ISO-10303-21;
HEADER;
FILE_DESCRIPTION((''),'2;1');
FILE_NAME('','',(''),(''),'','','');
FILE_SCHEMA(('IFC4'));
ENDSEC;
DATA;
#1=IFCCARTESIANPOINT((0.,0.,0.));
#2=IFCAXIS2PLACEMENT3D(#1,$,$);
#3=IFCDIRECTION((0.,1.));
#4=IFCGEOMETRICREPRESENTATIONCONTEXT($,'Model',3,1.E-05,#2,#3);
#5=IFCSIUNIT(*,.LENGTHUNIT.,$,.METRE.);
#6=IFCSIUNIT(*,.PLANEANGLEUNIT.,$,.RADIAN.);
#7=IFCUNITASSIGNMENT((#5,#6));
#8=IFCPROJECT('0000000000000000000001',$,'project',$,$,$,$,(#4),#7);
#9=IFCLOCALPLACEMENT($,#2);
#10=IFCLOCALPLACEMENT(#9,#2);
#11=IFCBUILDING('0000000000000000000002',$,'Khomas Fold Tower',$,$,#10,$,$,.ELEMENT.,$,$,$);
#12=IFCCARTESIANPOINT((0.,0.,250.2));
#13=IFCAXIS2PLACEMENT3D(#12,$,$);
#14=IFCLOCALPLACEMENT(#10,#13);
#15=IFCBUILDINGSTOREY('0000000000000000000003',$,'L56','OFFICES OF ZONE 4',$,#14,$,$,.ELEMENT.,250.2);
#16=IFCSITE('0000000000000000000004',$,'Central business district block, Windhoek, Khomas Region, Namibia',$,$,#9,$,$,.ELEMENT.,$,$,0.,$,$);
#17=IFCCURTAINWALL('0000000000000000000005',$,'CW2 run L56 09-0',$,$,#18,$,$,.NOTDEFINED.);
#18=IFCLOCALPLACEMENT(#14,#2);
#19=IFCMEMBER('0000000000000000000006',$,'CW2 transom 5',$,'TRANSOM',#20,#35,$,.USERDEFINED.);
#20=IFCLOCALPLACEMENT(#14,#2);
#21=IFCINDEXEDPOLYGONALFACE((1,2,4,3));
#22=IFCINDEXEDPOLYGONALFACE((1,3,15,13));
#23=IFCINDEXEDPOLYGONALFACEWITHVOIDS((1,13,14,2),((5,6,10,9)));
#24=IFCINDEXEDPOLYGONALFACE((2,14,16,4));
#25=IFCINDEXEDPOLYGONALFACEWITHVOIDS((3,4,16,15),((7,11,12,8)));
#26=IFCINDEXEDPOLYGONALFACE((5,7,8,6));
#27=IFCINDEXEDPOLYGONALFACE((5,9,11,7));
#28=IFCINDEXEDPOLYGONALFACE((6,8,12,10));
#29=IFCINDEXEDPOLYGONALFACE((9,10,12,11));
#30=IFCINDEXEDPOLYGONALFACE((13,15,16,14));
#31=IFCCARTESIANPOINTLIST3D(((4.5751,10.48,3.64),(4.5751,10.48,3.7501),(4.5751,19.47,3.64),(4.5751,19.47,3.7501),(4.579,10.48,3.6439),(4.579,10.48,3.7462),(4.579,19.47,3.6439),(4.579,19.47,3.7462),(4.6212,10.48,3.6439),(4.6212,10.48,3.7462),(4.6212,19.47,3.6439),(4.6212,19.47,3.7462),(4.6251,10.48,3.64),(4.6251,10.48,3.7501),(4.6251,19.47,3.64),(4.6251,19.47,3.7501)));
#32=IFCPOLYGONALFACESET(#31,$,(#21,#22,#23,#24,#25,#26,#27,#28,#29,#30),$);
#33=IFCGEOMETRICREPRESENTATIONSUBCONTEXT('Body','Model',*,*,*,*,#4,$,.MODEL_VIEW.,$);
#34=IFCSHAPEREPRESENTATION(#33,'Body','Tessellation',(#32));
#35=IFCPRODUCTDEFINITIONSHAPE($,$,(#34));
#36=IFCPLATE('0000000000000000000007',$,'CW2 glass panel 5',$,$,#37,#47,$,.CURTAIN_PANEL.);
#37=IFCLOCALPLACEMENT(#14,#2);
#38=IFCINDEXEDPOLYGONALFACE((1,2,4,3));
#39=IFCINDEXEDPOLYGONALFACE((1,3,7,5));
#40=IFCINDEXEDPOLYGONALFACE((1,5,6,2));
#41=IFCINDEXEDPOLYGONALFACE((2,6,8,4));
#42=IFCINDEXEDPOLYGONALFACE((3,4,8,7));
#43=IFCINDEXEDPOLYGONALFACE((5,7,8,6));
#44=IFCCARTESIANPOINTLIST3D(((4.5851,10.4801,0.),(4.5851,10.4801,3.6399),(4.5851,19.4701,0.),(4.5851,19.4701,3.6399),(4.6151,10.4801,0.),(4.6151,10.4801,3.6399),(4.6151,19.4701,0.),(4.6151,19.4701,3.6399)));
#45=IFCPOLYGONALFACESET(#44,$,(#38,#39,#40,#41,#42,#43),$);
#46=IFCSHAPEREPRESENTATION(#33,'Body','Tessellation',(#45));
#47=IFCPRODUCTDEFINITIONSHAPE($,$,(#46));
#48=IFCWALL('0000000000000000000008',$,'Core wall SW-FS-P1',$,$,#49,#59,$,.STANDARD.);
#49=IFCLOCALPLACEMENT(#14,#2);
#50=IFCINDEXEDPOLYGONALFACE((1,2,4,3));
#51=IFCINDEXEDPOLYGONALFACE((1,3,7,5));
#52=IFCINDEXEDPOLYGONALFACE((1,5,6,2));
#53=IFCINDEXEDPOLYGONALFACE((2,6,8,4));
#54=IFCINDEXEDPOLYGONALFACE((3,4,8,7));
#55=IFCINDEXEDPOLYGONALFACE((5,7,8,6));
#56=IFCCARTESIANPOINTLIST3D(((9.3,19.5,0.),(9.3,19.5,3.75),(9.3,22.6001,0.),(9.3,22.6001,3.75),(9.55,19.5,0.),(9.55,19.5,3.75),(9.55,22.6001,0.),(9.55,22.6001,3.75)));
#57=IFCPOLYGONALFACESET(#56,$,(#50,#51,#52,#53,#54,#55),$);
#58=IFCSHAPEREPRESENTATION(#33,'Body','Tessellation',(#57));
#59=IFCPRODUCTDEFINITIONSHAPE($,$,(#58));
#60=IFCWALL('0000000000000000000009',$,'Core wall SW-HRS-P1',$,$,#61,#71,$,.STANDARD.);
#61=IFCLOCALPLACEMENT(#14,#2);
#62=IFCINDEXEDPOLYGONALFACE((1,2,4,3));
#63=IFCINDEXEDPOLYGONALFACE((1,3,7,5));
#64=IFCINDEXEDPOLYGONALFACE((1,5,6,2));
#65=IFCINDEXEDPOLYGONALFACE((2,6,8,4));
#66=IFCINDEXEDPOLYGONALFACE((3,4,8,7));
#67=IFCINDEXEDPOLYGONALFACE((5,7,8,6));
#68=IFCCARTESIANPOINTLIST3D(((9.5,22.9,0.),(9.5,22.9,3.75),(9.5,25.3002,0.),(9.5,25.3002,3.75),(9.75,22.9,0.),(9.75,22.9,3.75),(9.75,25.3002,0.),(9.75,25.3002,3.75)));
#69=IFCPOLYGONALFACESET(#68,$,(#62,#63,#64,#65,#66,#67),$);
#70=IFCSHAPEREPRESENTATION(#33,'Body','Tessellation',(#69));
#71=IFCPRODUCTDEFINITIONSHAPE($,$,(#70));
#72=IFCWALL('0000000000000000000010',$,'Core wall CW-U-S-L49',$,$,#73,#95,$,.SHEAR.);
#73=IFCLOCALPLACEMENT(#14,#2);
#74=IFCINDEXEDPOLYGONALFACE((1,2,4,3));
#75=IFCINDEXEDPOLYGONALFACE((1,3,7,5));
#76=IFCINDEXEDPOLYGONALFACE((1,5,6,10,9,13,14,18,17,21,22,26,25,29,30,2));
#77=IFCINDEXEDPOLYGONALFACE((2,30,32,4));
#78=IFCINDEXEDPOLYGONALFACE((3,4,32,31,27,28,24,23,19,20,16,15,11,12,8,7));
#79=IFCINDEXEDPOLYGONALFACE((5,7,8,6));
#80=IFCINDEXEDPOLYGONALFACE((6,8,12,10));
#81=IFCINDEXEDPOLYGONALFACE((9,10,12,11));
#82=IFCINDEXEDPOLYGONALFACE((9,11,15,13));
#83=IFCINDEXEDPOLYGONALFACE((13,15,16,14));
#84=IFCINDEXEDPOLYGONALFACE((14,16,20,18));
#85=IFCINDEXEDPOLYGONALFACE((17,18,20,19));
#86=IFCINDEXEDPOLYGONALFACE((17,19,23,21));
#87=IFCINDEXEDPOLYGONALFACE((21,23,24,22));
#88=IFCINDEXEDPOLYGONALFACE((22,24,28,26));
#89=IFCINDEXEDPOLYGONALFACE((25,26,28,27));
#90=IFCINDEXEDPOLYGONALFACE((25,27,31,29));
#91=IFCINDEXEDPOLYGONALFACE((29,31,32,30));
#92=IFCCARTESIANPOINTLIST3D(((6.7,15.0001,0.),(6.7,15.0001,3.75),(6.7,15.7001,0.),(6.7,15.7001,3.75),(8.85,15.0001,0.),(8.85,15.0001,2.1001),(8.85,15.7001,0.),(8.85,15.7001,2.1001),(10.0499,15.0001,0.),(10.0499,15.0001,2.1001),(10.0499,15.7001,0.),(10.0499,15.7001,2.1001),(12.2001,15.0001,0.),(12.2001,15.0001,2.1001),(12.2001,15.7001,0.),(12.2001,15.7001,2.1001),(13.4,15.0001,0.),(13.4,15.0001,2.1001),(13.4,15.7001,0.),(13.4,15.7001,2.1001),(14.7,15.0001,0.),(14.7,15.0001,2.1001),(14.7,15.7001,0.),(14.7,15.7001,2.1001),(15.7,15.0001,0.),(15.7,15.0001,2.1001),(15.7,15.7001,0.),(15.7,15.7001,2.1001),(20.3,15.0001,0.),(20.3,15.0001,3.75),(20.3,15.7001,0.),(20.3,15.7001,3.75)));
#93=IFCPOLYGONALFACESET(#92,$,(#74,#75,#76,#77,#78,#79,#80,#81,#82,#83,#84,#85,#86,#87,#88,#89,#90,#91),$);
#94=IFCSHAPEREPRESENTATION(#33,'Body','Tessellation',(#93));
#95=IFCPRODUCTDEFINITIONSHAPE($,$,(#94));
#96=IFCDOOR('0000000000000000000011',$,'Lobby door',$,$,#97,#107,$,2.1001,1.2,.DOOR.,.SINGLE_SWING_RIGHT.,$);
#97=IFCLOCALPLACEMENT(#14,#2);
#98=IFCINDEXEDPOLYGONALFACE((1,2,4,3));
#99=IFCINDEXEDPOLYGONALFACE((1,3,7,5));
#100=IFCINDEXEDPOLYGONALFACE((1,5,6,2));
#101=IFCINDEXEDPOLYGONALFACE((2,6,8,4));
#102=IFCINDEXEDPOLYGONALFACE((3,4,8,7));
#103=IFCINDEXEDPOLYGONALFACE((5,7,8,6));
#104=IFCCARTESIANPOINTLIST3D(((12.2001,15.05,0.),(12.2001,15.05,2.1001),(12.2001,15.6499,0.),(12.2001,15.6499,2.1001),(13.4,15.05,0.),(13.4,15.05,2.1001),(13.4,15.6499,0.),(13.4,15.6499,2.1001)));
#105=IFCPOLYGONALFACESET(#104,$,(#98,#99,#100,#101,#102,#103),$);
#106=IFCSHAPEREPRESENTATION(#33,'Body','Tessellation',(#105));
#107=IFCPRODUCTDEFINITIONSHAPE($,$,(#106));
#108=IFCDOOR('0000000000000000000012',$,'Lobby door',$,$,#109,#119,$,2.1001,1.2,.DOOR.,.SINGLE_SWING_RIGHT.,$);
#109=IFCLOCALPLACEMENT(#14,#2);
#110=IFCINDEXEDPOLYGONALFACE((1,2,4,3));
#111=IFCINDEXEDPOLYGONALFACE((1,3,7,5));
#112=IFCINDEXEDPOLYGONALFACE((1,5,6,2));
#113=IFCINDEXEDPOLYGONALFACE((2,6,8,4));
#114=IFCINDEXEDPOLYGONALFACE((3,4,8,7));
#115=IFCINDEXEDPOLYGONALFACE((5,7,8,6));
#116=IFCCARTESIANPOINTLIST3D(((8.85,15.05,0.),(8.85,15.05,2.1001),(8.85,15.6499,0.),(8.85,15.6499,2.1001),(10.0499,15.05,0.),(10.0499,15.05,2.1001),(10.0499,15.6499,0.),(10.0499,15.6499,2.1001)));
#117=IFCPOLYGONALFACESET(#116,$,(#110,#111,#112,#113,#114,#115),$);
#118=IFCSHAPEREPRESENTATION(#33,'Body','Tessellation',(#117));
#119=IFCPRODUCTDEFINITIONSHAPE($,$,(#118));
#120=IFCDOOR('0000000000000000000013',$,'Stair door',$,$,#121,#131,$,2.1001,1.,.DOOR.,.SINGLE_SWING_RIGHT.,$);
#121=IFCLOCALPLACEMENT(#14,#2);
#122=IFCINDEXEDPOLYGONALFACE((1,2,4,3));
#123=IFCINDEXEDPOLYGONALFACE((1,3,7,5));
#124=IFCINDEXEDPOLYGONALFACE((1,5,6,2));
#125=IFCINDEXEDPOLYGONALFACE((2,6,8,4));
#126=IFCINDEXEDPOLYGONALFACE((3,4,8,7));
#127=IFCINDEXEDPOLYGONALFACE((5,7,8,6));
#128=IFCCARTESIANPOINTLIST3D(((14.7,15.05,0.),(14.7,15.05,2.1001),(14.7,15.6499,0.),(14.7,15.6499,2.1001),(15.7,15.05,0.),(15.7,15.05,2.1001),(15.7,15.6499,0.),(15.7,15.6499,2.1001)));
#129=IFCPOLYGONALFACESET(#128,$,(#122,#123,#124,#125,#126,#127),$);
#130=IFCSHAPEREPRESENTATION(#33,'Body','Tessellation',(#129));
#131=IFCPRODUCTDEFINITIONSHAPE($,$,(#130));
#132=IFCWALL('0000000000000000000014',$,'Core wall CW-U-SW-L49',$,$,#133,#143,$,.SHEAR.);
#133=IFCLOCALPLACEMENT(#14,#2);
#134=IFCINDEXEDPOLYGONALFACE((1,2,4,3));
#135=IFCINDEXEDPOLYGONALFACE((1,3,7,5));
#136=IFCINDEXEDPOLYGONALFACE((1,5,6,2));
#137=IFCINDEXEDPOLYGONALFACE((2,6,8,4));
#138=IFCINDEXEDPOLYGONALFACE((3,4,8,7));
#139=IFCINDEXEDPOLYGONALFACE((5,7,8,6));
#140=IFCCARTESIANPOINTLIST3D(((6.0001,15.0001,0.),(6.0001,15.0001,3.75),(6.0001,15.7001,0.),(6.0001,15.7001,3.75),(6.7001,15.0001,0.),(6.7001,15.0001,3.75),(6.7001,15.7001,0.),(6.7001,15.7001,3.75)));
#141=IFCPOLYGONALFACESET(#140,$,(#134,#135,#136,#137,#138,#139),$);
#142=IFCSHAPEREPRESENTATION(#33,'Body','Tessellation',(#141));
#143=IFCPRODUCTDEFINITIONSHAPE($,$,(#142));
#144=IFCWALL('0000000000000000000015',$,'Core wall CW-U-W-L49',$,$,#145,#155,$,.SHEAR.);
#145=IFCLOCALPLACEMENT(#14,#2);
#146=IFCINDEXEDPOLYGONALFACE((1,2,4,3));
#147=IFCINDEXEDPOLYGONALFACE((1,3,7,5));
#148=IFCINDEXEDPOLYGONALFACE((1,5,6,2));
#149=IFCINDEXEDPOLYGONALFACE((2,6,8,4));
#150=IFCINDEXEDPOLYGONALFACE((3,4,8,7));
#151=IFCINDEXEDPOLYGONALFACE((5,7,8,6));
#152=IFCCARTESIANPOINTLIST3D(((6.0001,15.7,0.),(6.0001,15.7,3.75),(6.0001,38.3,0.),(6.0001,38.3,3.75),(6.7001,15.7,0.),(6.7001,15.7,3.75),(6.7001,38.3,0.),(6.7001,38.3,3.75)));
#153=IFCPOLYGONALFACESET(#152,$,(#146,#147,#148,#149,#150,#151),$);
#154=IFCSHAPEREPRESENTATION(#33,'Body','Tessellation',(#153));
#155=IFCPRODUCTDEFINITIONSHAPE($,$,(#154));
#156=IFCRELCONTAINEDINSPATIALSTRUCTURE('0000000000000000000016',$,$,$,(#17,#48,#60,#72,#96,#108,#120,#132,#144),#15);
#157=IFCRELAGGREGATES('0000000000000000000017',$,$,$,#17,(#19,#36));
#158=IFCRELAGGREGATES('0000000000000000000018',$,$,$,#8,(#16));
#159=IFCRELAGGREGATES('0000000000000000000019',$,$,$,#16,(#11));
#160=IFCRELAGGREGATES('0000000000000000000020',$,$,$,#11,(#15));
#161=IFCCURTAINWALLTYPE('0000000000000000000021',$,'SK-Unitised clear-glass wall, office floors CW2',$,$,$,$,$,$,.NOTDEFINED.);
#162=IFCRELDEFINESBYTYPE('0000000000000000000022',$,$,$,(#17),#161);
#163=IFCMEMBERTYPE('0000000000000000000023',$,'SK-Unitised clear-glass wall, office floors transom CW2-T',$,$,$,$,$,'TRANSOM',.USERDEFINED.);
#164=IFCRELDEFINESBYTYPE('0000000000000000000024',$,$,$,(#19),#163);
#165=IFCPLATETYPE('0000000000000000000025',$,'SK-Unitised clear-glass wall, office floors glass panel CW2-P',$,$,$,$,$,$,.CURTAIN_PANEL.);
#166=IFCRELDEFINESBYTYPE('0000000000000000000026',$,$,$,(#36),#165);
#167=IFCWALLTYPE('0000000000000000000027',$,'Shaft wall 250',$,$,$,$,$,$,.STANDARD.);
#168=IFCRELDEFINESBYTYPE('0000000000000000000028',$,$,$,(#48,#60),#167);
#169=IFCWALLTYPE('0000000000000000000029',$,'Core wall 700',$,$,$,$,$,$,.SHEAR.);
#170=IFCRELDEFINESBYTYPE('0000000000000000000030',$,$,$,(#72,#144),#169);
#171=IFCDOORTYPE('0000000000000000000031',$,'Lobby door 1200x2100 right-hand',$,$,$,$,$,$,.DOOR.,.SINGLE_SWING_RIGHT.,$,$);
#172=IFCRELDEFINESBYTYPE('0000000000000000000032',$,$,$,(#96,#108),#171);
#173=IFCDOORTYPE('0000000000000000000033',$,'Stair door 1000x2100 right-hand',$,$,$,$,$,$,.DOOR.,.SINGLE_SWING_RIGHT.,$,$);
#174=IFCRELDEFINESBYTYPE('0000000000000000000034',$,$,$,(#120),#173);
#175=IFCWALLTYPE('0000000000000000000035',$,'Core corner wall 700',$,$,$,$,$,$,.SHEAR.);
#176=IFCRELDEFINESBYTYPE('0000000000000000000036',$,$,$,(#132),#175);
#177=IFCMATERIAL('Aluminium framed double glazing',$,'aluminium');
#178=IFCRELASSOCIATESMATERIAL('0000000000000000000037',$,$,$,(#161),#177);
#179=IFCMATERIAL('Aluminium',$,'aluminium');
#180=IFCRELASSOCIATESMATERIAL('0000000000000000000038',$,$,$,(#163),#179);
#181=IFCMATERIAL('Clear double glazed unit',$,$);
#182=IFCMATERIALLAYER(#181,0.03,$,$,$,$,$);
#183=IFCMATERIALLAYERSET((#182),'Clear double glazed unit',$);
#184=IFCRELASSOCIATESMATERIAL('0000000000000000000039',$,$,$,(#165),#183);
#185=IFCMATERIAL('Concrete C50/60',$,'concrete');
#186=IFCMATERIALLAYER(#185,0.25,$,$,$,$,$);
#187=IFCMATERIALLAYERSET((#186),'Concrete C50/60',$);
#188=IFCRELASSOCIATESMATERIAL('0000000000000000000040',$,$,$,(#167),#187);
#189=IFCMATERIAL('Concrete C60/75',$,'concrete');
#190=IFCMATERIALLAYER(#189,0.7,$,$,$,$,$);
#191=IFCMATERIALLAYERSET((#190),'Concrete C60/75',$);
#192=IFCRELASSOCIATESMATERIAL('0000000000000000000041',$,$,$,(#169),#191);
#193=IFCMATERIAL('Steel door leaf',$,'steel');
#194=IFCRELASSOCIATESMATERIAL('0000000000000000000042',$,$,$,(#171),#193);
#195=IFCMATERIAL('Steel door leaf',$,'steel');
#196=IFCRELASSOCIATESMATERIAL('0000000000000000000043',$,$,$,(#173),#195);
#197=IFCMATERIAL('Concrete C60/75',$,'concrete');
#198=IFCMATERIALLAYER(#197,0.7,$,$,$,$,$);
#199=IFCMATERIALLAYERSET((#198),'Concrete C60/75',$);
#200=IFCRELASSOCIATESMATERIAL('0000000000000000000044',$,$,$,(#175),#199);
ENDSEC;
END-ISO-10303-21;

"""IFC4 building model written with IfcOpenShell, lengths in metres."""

from ifc_helpers import new_model, si_unit, direction, frame, frame_2d, origin, origin_2d, place, context, subcontext, project, spatial, rectangle, hollow_rectangle, extrude, source, transform, mapped, material, layer, layer_set, material_profile, profile_set, type_object, element, fill, aggregate, save


model = new_model("IFC4")

# Units and contexts
model_context = context("Model", 3, precision=1e-05, world=origin(), true_north=direction((0.0, 1.0)))
body_context = subcontext(model_context, "Body", "Model", "MODEL_VIEW")
ifc_project = project(units=[si_unit("LENGTHUNIT", "METRE"), si_unit("PLANEANGLEUNIT", "RADIAN")], contexts=[model_context])

# Site, building, storey
site_placement = place(None, origin())
site = spatial("IfcSite", under=ifc_project, at=site_placement, Name="Central business district block, Windhoek, Khomas Region, Namibia", CompositionType="ELEMENT", RefElevation=0.0)
building_placement = place(site_placement, origin())
building = spatial("IfcBuilding", under=site, at=building_placement, Name="Khomas Fold Tower", CompositionType="ELEMENT")
storey_placement = place(building_placement, frame((0.0, 0.0, 250.2)))
storey = spatial("IfcBuildingStorey", under=building, at=storey_placement, Name="L56", Description="OFFICES OF ZONE 4", CompositionType="ELEMENT", Elevation=250.2)

# Curtain wall, member, plate
ifc_material_1 = material(Name="Aluminium framed double glazing", Category="aluminium")
curtain_wall_type = type_object("IfcCurtainWallType", Name="SK-Unitised clear-glass wall, office floors CW2", PredefinedType="NOTDEFINED", material=ifc_material_1)
curtain_wall_placement = place(storey_placement, origin())
curtain_wall = element("IfcCurtainWall", 1, at=curtain_wall_placement, inside=storey, type_object=curtain_wall_type, Name="CW2 run L56 09-0", PredefinedType="NOTDEFINED")
ifc_material_2 = material(Name="Aluminium", Category="aluminium")
ifc_material_profile_1 = material_profile(ifc_material_2, hollow_rectangle(XDim=0.05, YDim=0.1101, WallThickness=0.0039, at=origin_2d()), Name="SK-Unitised clear-glass wall, office floors transom CW2-T")
ifc_profile_set_1 = profile_set([ifc_material_profile_1], Name="Aluminium")
member_type_1 = type_object("IfcMemberType", Name="SK-Unitised clear-glass wall, office floors transom CW2-T", ElementType="TRANSOM", PredefinedType="USERDEFINED", material=ifc_profile_set_1)
shared_shape_1 = source(origin(), body_context, "Body", "SweptSolid", [
    extrude(hollow_rectangle(XDim=0.05, YDim=0.1101, WallThickness=0.0039, at=origin_2d()), origin(), (0.0, 0.0, 1.0), 8.99),
])
member_1_placement = place(storey_placement, frame((4.6001, 19.47, 3.6951), z_axis=(0.0, -1.0, 0.0), x_axis=(1.0, 0.0, 0.0)))
member_1 = element("IfcMember", 2, at=member_1_placement, type_object=member_type_1, Name="CW2 transom 5", ObjectType="TRANSOM", PredefinedType="USERDEFINED", context=body_context, shape_type="MappedRepresentation", body=[
    mapped(shared_shape_1, transform((0.0, 0.0, 0.0))),
])
ifc_material_3 = material(Name="Clear double glazed unit")
ifc_layer_1 = layer(ifc_material_3, 0.03)
ifc_layer_set_1 = layer_set([ifc_layer_1], Name="Clear double glazed unit")
plate_type = type_object("IfcPlateType", Name="SK-Unitised clear-glass wall, office floors glass panel CW2-P", PredefinedType="CURTAIN_PANEL", material=ifc_layer_set_1)
shared_shape_2 = source(origin(), body_context, "Body", "SweptSolid", [
    extrude(rectangle(XDim=8.99, YDim=0.03, at=origin_2d()), origin(), (0.0, 0.0, 1.0), 3.6399),
])
plate_placement = place(storey_placement, frame((4.6001, 14.9751, 0.0), z_axis=(0.0, 0.0, 1.0), x_axis=(0.0, -1.0, 0.0)))
plate = element("IfcPlate", 3, at=plate_placement, type_object=plate_type, Name="CW2 glass panel 5", PredefinedType="CURTAIN_PANEL", context=body_context, shape_type="MappedRepresentation", body=[
    mapped(shared_shape_2, transform((0.0, 0.0, 0.0))),
])
aggregate(curtain_wall, [member_1, plate])

# Walls
ifc_material_4 = material(Name="Concrete C50/60", Category="concrete")
ifc_layer_2 = layer(ifc_material_4, 0.25)
ifc_layer_set_2 = layer_set([ifc_layer_2], Name="Concrete C50/60")
wall_type_1 = type_object("IfcWallType", Name="Shaft wall 250", PredefinedType="STANDARD", material=ifc_layer_set_2)
shared_shape_3 = source(origin(), body_context, "Body", "SweptSolid", [
    extrude(rectangle(XDim=3.1001, YDim=0.25, at=frame_2d((1.55, 0.0))), origin(), (0.0, 0.0, 1.0), 3.75),
])
wall_1_placement = place(storey_placement, frame((9.425, 19.5, 0.0), z_axis=(0.0, 0.0, 1.0), x_axis=(0.0, 1.0, 0.0)))
element("IfcWall", 4, at=wall_1_placement, inside=storey, type_object=wall_type_1, Name="Core wall SW-FS-P1", PredefinedType="STANDARD", context=body_context, shape_type="MappedRepresentation", body=[
    mapped(shared_shape_3, transform((0.0, 0.0, 0.0))),
])
shared_shape_4 = source(origin(), body_context, "Body", "SweptSolid", [
    extrude(rectangle(XDim=2.4001, YDim=0.25, at=frame_2d((1.2002, 0.0))), origin(), (0.0, 0.0, 1.0), 3.75),
])
wall_2_placement = place(storey_placement, frame((9.625, 22.8999, 0.0), z_axis=(0.0, 0.0, 1.0), x_axis=(0.0, 1.0, 0.0)))
element("IfcWall", 5, at=wall_2_placement, inside=storey, type_object=wall_type_1, Name="Core wall SW-HRS-P1", PredefinedType="STANDARD", context=body_context, shape_type="MappedRepresentation", body=[
    mapped(shared_shape_4, transform((0.0, 0.0, 0.0))),
])

# Wall, openings, doors
ifc_material_5 = material(Name="Concrete C60/75", Category="concrete")
ifc_layer_3 = layer(ifc_material_5, 0.7)
ifc_layer_set_3 = layer_set([ifc_layer_3], Name="Concrete C60/75")
wall_type_2 = type_object("IfcWallType", Name="Core wall 700", PredefinedType="SHEAR", material=ifc_layer_set_3)
shared_shape_5 = source(origin(), body_context, "Body", "SweptSolid", [
    extrude(rectangle(XDim=13.6001, YDim=0.7, at=frame_2d((6.8, 0.0))), origin(), (0.0, 0.0, 1.0), 3.75),
])
wall_3_placement = place(storey_placement, frame((6.7, 15.3501, 0.0), z_axis=(0.0, 0.0, 1.0), x_axis=(1.0, 0.0, 0.0)))
wall_3 = element("IfcWall", 6, at=wall_3_placement, inside=storey, type_object=wall_type_2, Name="Core wall CW-U-S-L49", PredefinedType="SHEAR", context=body_context, shape_type="MappedRepresentation", body=[
    mapped(shared_shape_5, transform((0.0, 0.0, 0.0))),
])
shared_shape_6 = source(origin(), body_context, "Body", "SweptSolid", [
    extrude(rectangle(XDim=1.2, YDim=2.1001, at=frame_2d((0.6001, 1.05))), frame((0.0, 0.3599, 0.0), z_axis=(0.0, -1.0, 0.0), x_axis=(1.0, 0.0, 0.0)), (0.0, 0.0, 1.0), 0.72),
])
opening_1_placement = place(wall_3_placement, frame((5.5, 0.0, 0.0)))
opening_1 = element("IfcOpeningElement", 7, at=opening_1_placement, cuts=wall_3, PredefinedType="OPENING", context=body_context, shape_type="MappedRepresentation", body=[
    mapped(shared_shape_6, transform((0.0, 0.0, 0.0))),
])
opening_2_placement = place(wall_3_placement, frame((2.1499, 0.0, 0.0)))
opening_2 = element("IfcOpeningElement", 8, at=opening_2_placement, cuts=wall_3, PredefinedType="OPENING", context=body_context, shape_type="MappedRepresentation", body=[
    mapped(shared_shape_6, transform((0.0, 0.0, 0.0))),
])
shared_shape_7 = source(origin(), body_context, "Body", "SweptSolid", [
    extrude(rectangle(XDim=1.0, YDim=2.1001, at=frame_2d((0.5, 1.05))), frame((0.0, 0.3599, 0.0), z_axis=(0.0, -1.0, 0.0), x_axis=(1.0, 0.0, 0.0)), (0.0, 0.0, 1.0), 0.72),
])
opening_3_placement = place(wall_3_placement, frame((8.0, 0.0, 0.0)))
opening_3 = element("IfcOpeningElement", 9, at=opening_3_placement, cuts=wall_3, PredefinedType="OPENING", context=body_context, shape_type="MappedRepresentation", body=[
    mapped(shared_shape_7, transform((0.0, 0.0, 0.0))),
])
ifc_material_6 = material(Name="Steel door leaf", Category="steel")
door_type_1 = type_object("IfcDoorType", Name="Lobby door 1200x2100 right-hand", OperationType="SINGLE_SWING_RIGHT", PredefinedType="DOOR", material=ifc_material_6)
shared_shape_8 = source(origin(), body_context, "Body", "SweptSolid", [
    extrude(rectangle(XDim=1.2, YDim=2.1001, at=frame_2d((0.6001, 1.05))), frame((0.0, 0.2998, 0.0), z_axis=(0.0, -1.0, 0.0), x_axis=(1.0, 0.0, 0.0)), (0.0, 0.0, 1.0), 0.5999),
])
door_1_placement = place(opening_1_placement, origin())
door_1 = element("IfcDoor", 10, at=door_1_placement, inside=storey, type_object=door_type_1, Name="Lobby door", OperationType="SINGLE_SWING_RIGHT", OverallHeight=2.1001, OverallWidth=1.2, PredefinedType="DOOR", context=body_context, shape_type="MappedRepresentation", body=[
    mapped(shared_shape_8, transform((0.0, 0.0, 0.0))),
])
fill(opening_1, door_1)
door_2_placement = place(opening_2_placement, origin())
door_2 = element("IfcDoor", 11, at=door_2_placement, inside=storey, type_object=door_type_1, Name="Lobby door", OperationType="SINGLE_SWING_RIGHT", OverallHeight=2.1001, OverallWidth=1.2, PredefinedType="DOOR", context=body_context, shape_type="MappedRepresentation", body=[
    mapped(shared_shape_8, transform((0.0, 0.0, 0.0))),
])
fill(opening_2, door_2)
ifc_material_7 = material(Name="Steel door leaf", Category="steel")
door_type_2 = type_object("IfcDoorType", Name="Stair door 1000x2100 right-hand", OperationType="SINGLE_SWING_RIGHT", PredefinedType="DOOR", material=ifc_material_7)
shared_shape_9 = source(origin(), body_context, "Body", "SweptSolid", [
    extrude(rectangle(XDim=1.0, YDim=2.1001, at=frame_2d((0.5, 1.05))), frame((0.0, 0.2998, 0.0), z_axis=(0.0, -1.0, 0.0), x_axis=(1.0, 0.0, 0.0)), (0.0, 0.0, 1.0), 0.5999),
])
door_3_placement = place(opening_3_placement, origin())
door_3 = element("IfcDoor", 12, at=door_3_placement, inside=storey, type_object=door_type_2, Name="Stair door", OperationType="SINGLE_SWING_RIGHT", OverallHeight=2.1001, OverallWidth=1.0, PredefinedType="DOOR", context=body_context, shape_type="MappedRepresentation", body=[
    mapped(shared_shape_9, transform((0.0, 0.0, 0.0))),
])
fill(opening_3, door_3)

# Walls
ifc_material_8 = material(Name="Concrete C60/75", Category="concrete")
ifc_layer_4 = layer(ifc_material_8, 0.7)
ifc_layer_set_4 = layer_set([ifc_layer_4], Name="Concrete C60/75")
wall_type_3 = type_object("IfcWallType", Name="Core corner wall 700", PredefinedType="SHEAR", material=ifc_layer_set_4)
shared_shape_10 = source(origin(), body_context, "Body", "SweptSolid", [
    extrude(rectangle(XDim=0.7, YDim=0.7, at=frame_2d((0.3501, 0.0))), origin(), (0.0, 0.0, 1.0), 3.75),
])
wall_4_placement = place(storey_placement, frame((6.0, 15.3501, 0.0), z_axis=(0.0, 0.0, 1.0), x_axis=(1.0, 0.0, 0.0)))
element("IfcWall", 13, at=wall_4_placement, inside=storey, type_object=wall_type_3, Name="Core wall CW-U-SW-L49", PredefinedType="SHEAR", context=body_context, shape_type="MappedRepresentation", body=[
    mapped(shared_shape_10, transform((0.0, 0.0, 0.0))),
])
shared_shape_11 = source(origin(), body_context, "Body", "SweptSolid", [
    extrude(rectangle(XDim=22.6001, YDim=0.7, at=frame_2d((11.3, 0.0))), origin(), (0.0, 0.0, 1.0), 3.75),
])
wall_5_placement = place(storey_placement, frame((6.3501, 15.7, 0.0), z_axis=(0.0, 0.0, 1.0), x_axis=(0.0, 1.0, 0.0)))
element("IfcWall", 14, at=wall_5_placement, inside=storey, type_object=wall_type_2, Name="Core wall CW-U-W-L49", PredefinedType="SHEAR", context=body_context, shape_type="MappedRepresentation", body=[
    mapped(shared_shape_11, transform((0.0, 0.0, 0.0))),
])

save(model, "model.ifc")
